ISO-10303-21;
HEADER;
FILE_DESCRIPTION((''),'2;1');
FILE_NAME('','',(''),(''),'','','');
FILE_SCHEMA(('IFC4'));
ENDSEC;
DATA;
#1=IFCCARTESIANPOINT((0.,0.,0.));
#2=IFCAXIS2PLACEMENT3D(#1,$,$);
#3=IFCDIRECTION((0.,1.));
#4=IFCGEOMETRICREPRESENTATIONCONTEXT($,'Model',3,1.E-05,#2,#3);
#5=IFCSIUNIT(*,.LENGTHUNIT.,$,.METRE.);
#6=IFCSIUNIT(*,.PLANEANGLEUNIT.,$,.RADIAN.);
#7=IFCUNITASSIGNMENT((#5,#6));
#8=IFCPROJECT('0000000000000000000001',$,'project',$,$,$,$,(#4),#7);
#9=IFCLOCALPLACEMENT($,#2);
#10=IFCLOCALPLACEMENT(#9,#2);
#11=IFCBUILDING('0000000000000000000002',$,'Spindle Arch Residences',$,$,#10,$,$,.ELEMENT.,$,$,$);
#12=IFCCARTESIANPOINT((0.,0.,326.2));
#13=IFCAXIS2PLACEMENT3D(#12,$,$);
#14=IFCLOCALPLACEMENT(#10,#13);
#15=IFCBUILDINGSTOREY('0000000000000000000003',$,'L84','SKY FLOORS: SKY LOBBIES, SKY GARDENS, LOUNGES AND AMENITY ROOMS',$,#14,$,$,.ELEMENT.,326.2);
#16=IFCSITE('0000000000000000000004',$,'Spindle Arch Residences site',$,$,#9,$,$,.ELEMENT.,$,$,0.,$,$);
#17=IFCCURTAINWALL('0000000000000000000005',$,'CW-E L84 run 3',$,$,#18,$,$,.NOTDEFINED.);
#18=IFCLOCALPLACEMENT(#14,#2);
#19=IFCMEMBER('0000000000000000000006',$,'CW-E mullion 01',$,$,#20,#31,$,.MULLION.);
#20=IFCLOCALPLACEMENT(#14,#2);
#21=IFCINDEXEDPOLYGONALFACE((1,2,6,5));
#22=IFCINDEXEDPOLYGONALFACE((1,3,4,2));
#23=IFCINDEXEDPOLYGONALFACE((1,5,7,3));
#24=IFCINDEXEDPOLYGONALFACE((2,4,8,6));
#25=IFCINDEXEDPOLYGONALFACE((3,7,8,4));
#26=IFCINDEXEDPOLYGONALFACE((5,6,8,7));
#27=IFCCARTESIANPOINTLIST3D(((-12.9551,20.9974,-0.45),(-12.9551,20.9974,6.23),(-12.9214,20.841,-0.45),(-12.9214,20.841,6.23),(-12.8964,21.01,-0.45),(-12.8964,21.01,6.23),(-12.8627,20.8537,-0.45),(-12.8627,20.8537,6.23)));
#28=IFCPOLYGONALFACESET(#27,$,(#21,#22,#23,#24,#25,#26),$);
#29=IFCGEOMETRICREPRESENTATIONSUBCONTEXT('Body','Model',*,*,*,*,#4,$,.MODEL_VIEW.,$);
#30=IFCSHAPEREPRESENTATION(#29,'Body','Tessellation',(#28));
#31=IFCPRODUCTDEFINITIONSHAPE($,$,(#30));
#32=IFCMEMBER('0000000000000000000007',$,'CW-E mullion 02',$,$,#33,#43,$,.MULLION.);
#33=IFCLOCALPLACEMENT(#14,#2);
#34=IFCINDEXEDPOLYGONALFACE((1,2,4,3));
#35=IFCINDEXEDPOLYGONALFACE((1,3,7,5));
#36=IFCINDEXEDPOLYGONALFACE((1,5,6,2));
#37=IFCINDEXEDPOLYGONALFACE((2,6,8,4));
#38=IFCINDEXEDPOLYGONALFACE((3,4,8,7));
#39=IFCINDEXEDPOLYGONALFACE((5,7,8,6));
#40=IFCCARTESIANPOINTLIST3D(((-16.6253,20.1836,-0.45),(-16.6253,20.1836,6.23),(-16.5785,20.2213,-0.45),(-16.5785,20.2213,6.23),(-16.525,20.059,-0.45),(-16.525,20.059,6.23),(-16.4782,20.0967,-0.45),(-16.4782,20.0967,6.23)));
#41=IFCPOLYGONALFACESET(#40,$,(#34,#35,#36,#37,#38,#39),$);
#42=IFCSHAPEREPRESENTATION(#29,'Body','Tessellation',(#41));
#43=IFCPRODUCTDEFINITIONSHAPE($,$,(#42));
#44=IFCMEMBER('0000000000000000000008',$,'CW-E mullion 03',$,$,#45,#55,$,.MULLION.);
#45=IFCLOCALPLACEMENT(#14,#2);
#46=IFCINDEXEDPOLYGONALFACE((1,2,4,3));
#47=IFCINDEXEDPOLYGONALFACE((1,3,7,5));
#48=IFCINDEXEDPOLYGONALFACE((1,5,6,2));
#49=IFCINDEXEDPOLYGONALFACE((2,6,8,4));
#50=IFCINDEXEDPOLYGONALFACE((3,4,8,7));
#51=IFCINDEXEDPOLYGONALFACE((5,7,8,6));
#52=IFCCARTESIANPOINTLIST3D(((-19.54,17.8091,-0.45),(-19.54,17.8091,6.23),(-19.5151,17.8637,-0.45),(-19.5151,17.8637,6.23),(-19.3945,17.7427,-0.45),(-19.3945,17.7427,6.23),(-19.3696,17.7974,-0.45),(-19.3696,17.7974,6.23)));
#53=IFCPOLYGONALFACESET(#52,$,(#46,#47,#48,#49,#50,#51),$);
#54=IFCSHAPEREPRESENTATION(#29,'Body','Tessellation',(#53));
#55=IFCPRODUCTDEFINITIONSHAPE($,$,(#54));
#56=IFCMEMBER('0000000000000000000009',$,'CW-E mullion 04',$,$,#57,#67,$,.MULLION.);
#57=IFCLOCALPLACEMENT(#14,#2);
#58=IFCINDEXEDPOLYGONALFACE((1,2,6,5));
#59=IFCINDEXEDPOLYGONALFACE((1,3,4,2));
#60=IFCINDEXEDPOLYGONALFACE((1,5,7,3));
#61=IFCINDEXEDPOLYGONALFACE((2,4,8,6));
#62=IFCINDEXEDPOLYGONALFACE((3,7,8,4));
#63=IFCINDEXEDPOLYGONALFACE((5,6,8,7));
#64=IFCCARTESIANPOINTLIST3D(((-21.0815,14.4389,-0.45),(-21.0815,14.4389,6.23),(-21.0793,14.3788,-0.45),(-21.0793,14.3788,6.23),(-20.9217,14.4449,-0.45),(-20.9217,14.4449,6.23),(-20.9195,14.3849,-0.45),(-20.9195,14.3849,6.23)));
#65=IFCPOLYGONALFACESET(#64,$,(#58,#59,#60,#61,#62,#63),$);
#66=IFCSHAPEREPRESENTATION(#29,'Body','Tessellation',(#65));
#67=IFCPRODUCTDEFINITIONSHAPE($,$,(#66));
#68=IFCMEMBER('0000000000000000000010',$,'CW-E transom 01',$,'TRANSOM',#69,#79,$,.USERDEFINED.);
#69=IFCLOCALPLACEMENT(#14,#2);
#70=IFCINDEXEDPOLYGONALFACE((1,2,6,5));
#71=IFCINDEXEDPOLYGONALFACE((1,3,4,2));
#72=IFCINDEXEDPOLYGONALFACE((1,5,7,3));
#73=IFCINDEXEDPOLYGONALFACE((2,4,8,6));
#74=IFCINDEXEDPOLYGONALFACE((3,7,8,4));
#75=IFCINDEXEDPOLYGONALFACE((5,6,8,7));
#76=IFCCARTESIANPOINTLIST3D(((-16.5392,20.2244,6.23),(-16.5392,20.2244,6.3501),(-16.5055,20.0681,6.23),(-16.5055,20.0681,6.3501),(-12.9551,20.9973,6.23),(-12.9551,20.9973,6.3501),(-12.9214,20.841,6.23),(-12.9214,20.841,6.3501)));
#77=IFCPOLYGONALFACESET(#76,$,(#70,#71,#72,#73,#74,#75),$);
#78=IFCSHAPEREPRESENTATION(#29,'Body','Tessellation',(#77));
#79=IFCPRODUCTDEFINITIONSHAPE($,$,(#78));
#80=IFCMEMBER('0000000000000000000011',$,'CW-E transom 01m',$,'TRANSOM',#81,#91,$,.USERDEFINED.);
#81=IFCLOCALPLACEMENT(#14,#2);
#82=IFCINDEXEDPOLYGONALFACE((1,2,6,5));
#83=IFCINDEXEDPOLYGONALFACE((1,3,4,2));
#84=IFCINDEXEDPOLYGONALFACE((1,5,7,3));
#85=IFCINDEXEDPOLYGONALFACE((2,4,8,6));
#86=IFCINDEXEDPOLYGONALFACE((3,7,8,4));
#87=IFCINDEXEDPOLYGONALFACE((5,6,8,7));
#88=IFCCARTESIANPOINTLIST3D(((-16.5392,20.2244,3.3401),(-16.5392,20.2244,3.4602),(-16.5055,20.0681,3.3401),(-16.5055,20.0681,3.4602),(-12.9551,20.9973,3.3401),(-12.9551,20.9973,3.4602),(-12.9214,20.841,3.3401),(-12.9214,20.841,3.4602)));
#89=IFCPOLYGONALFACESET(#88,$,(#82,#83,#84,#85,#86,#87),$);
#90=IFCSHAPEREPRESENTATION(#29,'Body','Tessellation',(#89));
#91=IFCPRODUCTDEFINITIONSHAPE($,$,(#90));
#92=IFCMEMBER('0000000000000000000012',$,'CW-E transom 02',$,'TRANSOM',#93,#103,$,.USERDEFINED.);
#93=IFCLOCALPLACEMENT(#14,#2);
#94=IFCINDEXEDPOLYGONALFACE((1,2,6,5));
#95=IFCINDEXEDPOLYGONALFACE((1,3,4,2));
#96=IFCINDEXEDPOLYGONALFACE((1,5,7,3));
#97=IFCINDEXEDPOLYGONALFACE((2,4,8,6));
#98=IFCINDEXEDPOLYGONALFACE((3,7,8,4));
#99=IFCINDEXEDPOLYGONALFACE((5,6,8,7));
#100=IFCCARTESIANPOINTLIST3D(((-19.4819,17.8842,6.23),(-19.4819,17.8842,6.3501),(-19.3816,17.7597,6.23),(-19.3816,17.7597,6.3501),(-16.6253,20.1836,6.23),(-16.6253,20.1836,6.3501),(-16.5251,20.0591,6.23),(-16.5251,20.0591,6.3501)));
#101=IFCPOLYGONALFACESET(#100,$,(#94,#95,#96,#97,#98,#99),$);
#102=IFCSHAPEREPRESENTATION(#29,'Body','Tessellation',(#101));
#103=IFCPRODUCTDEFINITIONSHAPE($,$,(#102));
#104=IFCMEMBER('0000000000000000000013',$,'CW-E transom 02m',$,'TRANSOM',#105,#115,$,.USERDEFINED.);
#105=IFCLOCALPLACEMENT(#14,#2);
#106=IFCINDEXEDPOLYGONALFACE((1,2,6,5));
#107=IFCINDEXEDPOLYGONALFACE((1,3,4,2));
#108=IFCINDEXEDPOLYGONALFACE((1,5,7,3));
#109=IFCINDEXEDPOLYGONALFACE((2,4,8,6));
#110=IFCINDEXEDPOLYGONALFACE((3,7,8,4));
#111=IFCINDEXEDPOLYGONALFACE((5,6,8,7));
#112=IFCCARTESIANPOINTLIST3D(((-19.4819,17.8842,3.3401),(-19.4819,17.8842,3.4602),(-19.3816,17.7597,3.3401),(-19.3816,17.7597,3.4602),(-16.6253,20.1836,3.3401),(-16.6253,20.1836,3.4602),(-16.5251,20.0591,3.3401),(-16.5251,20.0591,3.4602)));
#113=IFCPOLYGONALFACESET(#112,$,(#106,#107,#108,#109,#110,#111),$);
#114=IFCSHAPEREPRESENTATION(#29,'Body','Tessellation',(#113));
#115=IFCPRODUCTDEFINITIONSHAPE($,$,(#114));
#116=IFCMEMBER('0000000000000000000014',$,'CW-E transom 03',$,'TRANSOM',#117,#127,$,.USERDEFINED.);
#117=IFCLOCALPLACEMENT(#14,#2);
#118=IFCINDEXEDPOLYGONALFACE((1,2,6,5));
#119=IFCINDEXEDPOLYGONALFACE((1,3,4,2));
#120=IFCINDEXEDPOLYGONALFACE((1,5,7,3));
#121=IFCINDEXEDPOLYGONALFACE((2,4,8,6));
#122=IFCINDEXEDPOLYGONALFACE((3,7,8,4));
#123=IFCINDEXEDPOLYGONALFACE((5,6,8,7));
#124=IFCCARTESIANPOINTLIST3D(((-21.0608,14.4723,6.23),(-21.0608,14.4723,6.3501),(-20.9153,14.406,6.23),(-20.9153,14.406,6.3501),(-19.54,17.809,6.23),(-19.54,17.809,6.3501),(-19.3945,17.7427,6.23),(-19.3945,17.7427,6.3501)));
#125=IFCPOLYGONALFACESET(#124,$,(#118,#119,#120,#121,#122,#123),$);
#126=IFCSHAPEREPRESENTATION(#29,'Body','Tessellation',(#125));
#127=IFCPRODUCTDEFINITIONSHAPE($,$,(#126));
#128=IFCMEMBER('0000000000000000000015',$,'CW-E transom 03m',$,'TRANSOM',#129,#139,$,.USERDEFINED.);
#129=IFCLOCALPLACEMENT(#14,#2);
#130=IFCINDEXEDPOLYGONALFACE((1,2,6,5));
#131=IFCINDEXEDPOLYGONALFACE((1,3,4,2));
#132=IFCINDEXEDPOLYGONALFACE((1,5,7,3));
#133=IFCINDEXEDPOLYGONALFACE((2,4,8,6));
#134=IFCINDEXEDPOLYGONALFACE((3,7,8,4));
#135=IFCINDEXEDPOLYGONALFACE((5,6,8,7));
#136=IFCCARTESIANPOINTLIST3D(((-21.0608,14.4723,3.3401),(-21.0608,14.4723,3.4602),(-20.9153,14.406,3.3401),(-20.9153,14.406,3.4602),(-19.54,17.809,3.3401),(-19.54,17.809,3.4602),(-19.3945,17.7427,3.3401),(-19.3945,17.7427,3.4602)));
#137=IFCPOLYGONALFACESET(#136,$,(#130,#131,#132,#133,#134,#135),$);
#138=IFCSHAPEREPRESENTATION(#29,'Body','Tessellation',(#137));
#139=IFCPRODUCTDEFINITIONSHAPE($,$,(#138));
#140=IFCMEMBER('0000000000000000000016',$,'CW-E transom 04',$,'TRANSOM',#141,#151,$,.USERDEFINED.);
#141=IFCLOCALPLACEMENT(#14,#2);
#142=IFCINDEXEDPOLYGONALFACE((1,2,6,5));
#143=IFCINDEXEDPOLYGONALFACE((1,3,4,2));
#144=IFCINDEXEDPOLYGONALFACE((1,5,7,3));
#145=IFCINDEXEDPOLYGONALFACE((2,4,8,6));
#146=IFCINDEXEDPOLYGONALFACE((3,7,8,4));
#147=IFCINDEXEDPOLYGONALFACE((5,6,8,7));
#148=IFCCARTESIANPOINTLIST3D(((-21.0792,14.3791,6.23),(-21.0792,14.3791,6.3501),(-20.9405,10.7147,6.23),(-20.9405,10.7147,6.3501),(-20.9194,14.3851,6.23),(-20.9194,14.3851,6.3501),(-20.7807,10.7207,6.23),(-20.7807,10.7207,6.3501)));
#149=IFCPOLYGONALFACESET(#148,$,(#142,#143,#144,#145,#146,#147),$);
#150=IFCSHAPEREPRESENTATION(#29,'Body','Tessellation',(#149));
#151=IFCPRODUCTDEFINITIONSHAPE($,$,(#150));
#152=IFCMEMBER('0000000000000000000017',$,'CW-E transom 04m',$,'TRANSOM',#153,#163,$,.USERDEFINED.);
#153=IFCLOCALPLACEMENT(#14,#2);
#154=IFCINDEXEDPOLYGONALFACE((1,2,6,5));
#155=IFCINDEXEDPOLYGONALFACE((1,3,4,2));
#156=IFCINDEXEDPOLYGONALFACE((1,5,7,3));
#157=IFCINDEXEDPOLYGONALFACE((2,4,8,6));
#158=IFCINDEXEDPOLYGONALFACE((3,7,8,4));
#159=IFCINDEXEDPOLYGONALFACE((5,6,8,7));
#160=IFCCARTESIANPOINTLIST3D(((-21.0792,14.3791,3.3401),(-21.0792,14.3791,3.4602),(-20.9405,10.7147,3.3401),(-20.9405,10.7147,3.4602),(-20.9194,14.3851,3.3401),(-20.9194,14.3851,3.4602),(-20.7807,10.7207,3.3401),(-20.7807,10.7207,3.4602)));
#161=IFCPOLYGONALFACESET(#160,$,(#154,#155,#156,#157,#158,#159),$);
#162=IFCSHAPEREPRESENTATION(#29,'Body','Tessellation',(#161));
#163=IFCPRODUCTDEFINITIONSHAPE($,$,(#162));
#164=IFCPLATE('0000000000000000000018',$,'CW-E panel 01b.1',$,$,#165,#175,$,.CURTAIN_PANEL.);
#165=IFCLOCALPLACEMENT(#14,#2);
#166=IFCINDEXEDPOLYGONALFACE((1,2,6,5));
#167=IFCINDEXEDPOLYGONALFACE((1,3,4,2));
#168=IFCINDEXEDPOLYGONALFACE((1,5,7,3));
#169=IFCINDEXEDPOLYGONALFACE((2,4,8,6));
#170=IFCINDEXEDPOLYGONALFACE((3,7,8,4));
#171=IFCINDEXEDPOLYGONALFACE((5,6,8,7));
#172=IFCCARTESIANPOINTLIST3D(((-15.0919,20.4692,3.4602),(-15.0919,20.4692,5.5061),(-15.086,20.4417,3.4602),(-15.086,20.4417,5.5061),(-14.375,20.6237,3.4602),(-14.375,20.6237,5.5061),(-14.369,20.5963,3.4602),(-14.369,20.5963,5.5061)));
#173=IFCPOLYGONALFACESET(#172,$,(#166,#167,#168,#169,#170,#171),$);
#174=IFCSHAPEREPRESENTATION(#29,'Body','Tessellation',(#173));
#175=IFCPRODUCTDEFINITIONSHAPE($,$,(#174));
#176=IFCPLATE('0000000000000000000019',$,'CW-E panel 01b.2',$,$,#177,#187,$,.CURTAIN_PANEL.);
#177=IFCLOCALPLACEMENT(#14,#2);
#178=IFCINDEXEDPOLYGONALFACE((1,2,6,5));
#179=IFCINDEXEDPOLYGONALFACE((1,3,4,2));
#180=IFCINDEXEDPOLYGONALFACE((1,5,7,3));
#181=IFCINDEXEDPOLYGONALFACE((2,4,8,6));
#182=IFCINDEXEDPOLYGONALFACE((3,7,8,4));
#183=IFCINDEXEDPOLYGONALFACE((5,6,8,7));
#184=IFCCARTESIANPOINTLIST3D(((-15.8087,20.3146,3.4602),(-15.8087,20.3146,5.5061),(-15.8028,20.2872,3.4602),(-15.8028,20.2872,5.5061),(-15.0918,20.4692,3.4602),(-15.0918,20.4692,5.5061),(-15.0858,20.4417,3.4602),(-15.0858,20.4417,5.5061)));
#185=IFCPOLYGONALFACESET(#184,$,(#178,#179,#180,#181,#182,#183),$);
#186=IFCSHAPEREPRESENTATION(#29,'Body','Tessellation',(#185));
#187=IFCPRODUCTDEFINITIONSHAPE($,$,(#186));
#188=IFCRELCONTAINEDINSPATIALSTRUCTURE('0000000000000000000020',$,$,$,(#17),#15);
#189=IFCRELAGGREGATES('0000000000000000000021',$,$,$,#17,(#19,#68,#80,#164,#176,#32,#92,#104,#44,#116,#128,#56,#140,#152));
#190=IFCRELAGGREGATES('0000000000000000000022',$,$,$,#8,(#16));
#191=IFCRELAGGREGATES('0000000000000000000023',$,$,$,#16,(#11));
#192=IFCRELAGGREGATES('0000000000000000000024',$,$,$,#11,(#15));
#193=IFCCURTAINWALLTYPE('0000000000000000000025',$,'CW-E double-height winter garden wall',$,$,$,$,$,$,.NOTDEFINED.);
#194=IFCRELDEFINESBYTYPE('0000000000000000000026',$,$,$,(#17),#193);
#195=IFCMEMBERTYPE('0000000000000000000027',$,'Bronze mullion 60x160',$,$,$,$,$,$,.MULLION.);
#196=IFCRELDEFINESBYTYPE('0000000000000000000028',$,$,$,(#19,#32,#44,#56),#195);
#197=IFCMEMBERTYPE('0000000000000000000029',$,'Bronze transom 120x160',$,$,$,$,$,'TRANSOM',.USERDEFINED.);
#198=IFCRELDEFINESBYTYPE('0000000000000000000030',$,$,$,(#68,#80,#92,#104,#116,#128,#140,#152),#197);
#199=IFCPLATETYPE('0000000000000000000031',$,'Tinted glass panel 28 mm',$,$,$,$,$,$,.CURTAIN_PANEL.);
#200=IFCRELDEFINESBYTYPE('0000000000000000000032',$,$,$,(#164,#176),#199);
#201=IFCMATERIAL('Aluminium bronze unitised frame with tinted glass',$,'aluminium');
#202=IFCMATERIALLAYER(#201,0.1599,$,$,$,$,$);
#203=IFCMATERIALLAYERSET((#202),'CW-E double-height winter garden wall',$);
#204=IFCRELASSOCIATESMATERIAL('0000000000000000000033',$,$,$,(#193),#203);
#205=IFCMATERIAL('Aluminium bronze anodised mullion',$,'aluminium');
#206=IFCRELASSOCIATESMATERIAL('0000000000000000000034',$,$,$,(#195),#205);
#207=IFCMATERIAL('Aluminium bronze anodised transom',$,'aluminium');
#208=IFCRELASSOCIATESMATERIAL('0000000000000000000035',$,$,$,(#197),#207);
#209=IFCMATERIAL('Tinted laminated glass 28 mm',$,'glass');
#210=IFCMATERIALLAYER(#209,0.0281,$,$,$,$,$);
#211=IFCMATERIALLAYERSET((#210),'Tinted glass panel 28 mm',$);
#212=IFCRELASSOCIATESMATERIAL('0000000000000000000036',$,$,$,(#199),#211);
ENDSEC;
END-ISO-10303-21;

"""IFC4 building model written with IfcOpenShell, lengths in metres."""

from ifc_helpers import new_model, si_unit, direction, frame, origin, origin_2d, place, context, subcontext, project, spatial, rectangle, extrude, material, layer, layer_set, material_profile, profile_set, type_object, element, aggregate, save


model = new_model("IFC4")

# Units and contexts
model_context = context("Model", 3, precision=1e-05, world=origin(), true_north=direction((0.0, 1.0)))
body_context = subcontext(model_context, "Body", "Model", "MODEL_VIEW")
ifc_project = project(units=[si_unit("LENGTHUNIT", "METRE"), si_unit("PLANEANGLEUNIT", "RADIAN")], contexts=[model_context])

# Site, building, storey
site_placement = place(None, origin())
site = spatial("IfcSite", under=ifc_project, at=site_placement, Name="Spindle Arch Residences site", CompositionType="ELEMENT", RefElevation=0.0)
building_placement = place(site_placement, origin())
building = spatial("IfcBuilding", under=site, at=building_placement, Name="Spindle Arch Residences", CompositionType="ELEMENT")
storey_placement = place(building_placement, frame((0.0, 0.0, 326.2)))
storey = spatial("IfcBuildingStorey", under=building, at=storey_placement, Name="L84", Description="SKY FLOORS: SKY LOBBIES, SKY GARDENS, LOUNGES AND AMENITY ROOMS", CompositionType="ELEMENT", Elevation=326.2)

# Curtain wall, members, plates
ifc_material_1 = material(Name="Aluminium bronze unitised frame with tinted glass", Category="aluminium")
ifc_layer_1 = layer(ifc_material_1, 0.1599)
ifc_layer_set_1 = layer_set([ifc_layer_1], Name="CW-E double-height winter garden wall")
curtain_wall_type = type_object("IfcCurtainWallType", Name="CW-E double-height winter garden wall", PredefinedType="NOTDEFINED", material=ifc_layer_set_1)
curtain_wall_placement = place(storey_placement, origin())
curtain_wall = element("IfcCurtainWall", 1, at=curtain_wall_placement, inside=storey, type_object=curtain_wall_type, Name="CW-E L84 run 3", PredefinedType="NOTDEFINED")
ifc_material_2 = material(Name="Aluminium bronze anodised mullion", Category="aluminium")
ifc_material_profile_1 = material_profile(ifc_material_2, rectangle(XDim=0.1599, YDim=0.0601, at=origin_2d()), Name="MU 60x160")
ifc_profile_set_1 = profile_set([ifc_material_profile_1], Name="Aluminium bronze anodised mullion")
member_type_1 = type_object("IfcMemberType", Name="Bronze mullion 60x160", PredefinedType="MULLION", material=ifc_profile_set_1)
member_1_placement = place(storey_placement, frame((-12.9089, 20.9255, -0.45), z_axis=(0.0, 0.0, 1.0), x_axis=(0.210756, -0.977539, 0.0)))
member_1 = element("IfcMember", 2, at=member_1_placement, type_object=member_type_1, Name="CW-E mullion 01", PredefinedType="MULLION", context=body_context, shape_type="SweptSolid", body=[
    extrude(rectangle(XDim=0.1599, YDim=0.0601, at=origin_2d()), origin(), (0.0, 0.0, 1.0), 6.6799),
])
member_2_placement = place(storey_placement, frame((-16.5518, 20.1401, -0.45), z_axis=(0.0, 0.0, 1.0), x_axis=(0.627057, -0.778973, 0.0)))
member_2 = element("IfcMember", 3, at=member_2_placement, type_object=member_type_1, Name="CW-E mullion 02", PredefinedType="MULLION", context=body_context, shape_type="SweptSolid", body=[
    extrude(rectangle(XDim=0.1599, YDim=0.0601, at=origin_2d()), origin(), (0.0, 0.0, 1.0), 6.6799),
])
member_3_placement = place(storey_placement, frame((-19.4548, 17.8032, -0.45), z_axis=(0.0, 0.0, 1.0), x_axis=(0.909961, -0.414693, 0.0)))
member_3 = element("IfcMember", 4, at=member_3_placement, type_object=member_type_1, Name="CW-E mullion 03", PredefinedType="MULLION", context=body_context, shape_type="SweptSolid", body=[
    extrude(rectangle(XDim=0.1599, YDim=0.0601, at=origin_2d()), origin(), (0.0, 0.0, 1.0), 6.6799),
])
member_4_placement = place(storey_placement, frame((-21.0005, 14.4119, -0.45), z_axis=(0.0, 0.0, 1.0), x_axis=(0.999285, 0.037806, 0.0)))
member_4 = element("IfcMember", 5, at=member_4_placement, type_object=member_type_1, Name="CW-E mullion 04", PredefinedType="MULLION", context=body_context, shape_type="SweptSolid", body=[
    extrude(rectangle(XDim=0.1599, YDim=0.0601, at=origin_2d()), origin(), (0.0, 0.0, 1.0), 6.6799),
])
ifc_material_3 = material(Name="Aluminium bronze anodised transom", Category="aluminium")
ifc_material_profile_2 = material_profile(ifc_material_3, rectangle(XDim=0.1599, YDim=0.1201, at=origin_2d()), Name="TR 120x160")
ifc_profile_set_2 = profile_set([ifc_material_profile_2], Name="Aluminium bronze anodised transom")
member_type_2 = type_object("IfcMemberType", Name="Bronze transom 120x160", ElementType="TRANSOM", PredefinedType="USERDEFINED", material=ifc_profile_set_2)
member_5_placement = place(storey_placement, frame((-12.9382, 20.9192, 6.29), z_axis=(-0.977528, -0.210807, 0.0), x_axis=(0.210807, -0.977528, 0.0)))
member_5 = element("IfcMember", 6, at=member_5_placement, type_object=member_type_2, Name="CW-E transom 01", ObjectType="TRANSOM", PredefinedType="USERDEFINED", context=body_context, shape_type="SweptSolid", body=[
    extrude(rectangle(XDim=0.1599, YDim=0.1201, at=origin_2d()), origin(), (0.0, 0.0, 1.0), 3.6665),
])
member_6_placement = place(storey_placement, frame((-12.9382, 20.9192, 3.4001), z_axis=(-0.977528, -0.210807, 0.0), x_axis=(0.210807, -0.977528, 0.0)))
member_6 = element("IfcMember", 7, at=member_6_placement, type_object=member_type_2, Name="CW-E transom 01m", ObjectType="TRANSOM", PredefinedType="USERDEFINED", context=body_context, shape_type="SweptSolid", body=[
    extrude(rectangle(XDim=0.1599, YDim=0.1201, at=origin_2d()), origin(), (0.0, 0.0, 1.0), 3.6665),
])
member_7_placement = place(storey_placement, frame((-16.5752, 20.1213, 6.29), z_axis=(-0.778982, -0.627047, 0.0), x_axis=(0.627047, -0.778982, 0.0)))
member_7 = element("IfcMember", 8, at=member_7_placement, type_object=member_type_2, Name="CW-E transom 02", ObjectType="TRANSOM", PredefinedType="USERDEFINED", context=body_context, shape_type="SweptSolid", body=[
    extrude(rectangle(XDim=0.1599, YDim=0.1201, at=origin_2d()), origin(), (0.0, 0.0, 1.0), 3.667),
])
member_8_placement = place(storey_placement, frame((-16.5752, 20.1213, 3.4001), z_axis=(-0.778982, -0.627047, 0.0), x_axis=(0.627047, -0.778982, 0.0)))
member_8 = element("IfcMember", 9, at=member_8_placement, type_object=member_type_2, Name="CW-E transom 02m", ObjectType="TRANSOM", PredefinedType="USERDEFINED", context=body_context, shape_type="SweptSolid", body=[
    extrude(rectangle(XDim=0.1599, YDim=0.1201, at=origin_2d()), origin(), (0.0, 0.0, 1.0), 3.667),
])
member_9_placement = place(storey_placement, frame((-19.4673, 17.7759, 6.29), z_axis=(-0.414726, -0.909946, 0.0), x_axis=(0.909946, -0.414726, 0.0)))
member_9 = element("IfcMember", 10, at=member_9_placement, type_object=member_type_2, Name="CW-E transom 03", ObjectType="TRANSOM", PredefinedType="USERDEFINED", context=body_context, shape_type="SweptSolid", body=[
    extrude(rectangle(XDim=0.1599, YDim=0.1201, at=origin_2d()), origin(), (0.0, 0.0, 1.0), 3.667),
])
member_10_placement = place(storey_placement, frame((-19.4673, 17.7759, 3.4001), z_axis=(-0.414726, -0.909946, 0.0), x_axis=(0.909946, -0.414726, 0.0)))
member_10 = element("IfcMember", 11, at=member_10_placement, type_object=member_type_2, Name="CW-E transom 03m", ObjectType="TRANSOM", PredefinedType="USERDEFINED", context=body_context, shape_type="SweptSolid", body=[
    extrude(rectangle(XDim=0.1599, YDim=0.1201, at=origin_2d()), origin(), (0.0, 0.0, 1.0), 3.667),
])
member_11_placement = place(storey_placement, frame((-20.9993, 14.3821, 6.29), z_axis=(0.037817, -0.999285, 0.0), x_axis=(0.999285, 0.037817, 0.0)))
member_11 = element("IfcMember", 12, at=member_11_placement, type_object=member_type_2, Name="CW-E transom 04", ObjectType="TRANSOM", PredefinedType="USERDEFINED", context=body_context, shape_type="SweptSolid", body=[
    extrude(rectangle(XDim=0.1599, YDim=0.1201, at=origin_2d()), origin(), (0.0, 0.0, 1.0), 3.667),
])
member_12_placement = place(storey_placement, frame((-20.9993, 14.3821, 3.4001), z_axis=(0.037817, -0.999285, 0.0), x_axis=(0.999285, 0.037817, 0.0)))
member_12 = element("IfcMember", 13, at=member_12_placement, type_object=member_type_2, Name="CW-E transom 04m", ObjectType="TRANSOM", PredefinedType="USERDEFINED", context=body_context, shape_type="SweptSolid", body=[
    extrude(rectangle(XDim=0.1599, YDim=0.1201, at=origin_2d()), origin(), (0.0, 0.0, 1.0), 3.667),
])
ifc_material_4 = material(Name="Tinted laminated glass 28 mm", Category="glass")
ifc_layer_2 = layer(ifc_material_4, 0.0281)
ifc_layer_set_2 = layer_set([ifc_layer_2], Name="Tinted glass panel 28 mm")
plate_type_1 = type_object("IfcPlateType", Name="Tinted glass panel 28 mm", PredefinedType="CURTAIN_PANEL", material=ifc_layer_set_2)
plate_1_placement = place(storey_placement, frame((-14.7305, 20.5327, 3.4602), z_axis=(0.0, 0.0, 1.0), x_axis=(-0.977539, -0.210756, 0.0)))
plate_1 = element("IfcPlate", 14, at=plate_1_placement, type_object=plate_type_1, Name="CW-E panel 01b.1", PredefinedType="CURTAIN_PANEL", context=body_context, shape_type="SweptSolid", body=[
    extrude(rectangle(XDim=0.7334, YDim=0.0281, at=origin_2d()), origin(), (0.0, 0.0, 1.0), 2.0459),
])
plate_2_placement = place(storey_placement, frame((-15.4473, 20.3782, 3.4602), z_axis=(0.0, 0.0, 1.0), x_axis=(-0.977539, -0.210756, 0.0)))
plate_2 = element("IfcPlate", 15, at=plate_2_placement, type_object=plate_type_1, Name="CW-E panel 01b.2", PredefinedType="CURTAIN_PANEL", context=body_context, shape_type="SweptSolid", body=[
    extrude(rectangle(XDim=0.7334, YDim=0.0281, at=origin_2d()), origin(), (0.0, 0.0, 1.0), 2.0459),
])
aggregate(curtain_wall, [member_1, member_5, member_6, plate_1, plate_2, member_2, member_7, member_8, member_3, member_9, member_10, member_4, member_11, member_12])

save(model, "model.ifc")
